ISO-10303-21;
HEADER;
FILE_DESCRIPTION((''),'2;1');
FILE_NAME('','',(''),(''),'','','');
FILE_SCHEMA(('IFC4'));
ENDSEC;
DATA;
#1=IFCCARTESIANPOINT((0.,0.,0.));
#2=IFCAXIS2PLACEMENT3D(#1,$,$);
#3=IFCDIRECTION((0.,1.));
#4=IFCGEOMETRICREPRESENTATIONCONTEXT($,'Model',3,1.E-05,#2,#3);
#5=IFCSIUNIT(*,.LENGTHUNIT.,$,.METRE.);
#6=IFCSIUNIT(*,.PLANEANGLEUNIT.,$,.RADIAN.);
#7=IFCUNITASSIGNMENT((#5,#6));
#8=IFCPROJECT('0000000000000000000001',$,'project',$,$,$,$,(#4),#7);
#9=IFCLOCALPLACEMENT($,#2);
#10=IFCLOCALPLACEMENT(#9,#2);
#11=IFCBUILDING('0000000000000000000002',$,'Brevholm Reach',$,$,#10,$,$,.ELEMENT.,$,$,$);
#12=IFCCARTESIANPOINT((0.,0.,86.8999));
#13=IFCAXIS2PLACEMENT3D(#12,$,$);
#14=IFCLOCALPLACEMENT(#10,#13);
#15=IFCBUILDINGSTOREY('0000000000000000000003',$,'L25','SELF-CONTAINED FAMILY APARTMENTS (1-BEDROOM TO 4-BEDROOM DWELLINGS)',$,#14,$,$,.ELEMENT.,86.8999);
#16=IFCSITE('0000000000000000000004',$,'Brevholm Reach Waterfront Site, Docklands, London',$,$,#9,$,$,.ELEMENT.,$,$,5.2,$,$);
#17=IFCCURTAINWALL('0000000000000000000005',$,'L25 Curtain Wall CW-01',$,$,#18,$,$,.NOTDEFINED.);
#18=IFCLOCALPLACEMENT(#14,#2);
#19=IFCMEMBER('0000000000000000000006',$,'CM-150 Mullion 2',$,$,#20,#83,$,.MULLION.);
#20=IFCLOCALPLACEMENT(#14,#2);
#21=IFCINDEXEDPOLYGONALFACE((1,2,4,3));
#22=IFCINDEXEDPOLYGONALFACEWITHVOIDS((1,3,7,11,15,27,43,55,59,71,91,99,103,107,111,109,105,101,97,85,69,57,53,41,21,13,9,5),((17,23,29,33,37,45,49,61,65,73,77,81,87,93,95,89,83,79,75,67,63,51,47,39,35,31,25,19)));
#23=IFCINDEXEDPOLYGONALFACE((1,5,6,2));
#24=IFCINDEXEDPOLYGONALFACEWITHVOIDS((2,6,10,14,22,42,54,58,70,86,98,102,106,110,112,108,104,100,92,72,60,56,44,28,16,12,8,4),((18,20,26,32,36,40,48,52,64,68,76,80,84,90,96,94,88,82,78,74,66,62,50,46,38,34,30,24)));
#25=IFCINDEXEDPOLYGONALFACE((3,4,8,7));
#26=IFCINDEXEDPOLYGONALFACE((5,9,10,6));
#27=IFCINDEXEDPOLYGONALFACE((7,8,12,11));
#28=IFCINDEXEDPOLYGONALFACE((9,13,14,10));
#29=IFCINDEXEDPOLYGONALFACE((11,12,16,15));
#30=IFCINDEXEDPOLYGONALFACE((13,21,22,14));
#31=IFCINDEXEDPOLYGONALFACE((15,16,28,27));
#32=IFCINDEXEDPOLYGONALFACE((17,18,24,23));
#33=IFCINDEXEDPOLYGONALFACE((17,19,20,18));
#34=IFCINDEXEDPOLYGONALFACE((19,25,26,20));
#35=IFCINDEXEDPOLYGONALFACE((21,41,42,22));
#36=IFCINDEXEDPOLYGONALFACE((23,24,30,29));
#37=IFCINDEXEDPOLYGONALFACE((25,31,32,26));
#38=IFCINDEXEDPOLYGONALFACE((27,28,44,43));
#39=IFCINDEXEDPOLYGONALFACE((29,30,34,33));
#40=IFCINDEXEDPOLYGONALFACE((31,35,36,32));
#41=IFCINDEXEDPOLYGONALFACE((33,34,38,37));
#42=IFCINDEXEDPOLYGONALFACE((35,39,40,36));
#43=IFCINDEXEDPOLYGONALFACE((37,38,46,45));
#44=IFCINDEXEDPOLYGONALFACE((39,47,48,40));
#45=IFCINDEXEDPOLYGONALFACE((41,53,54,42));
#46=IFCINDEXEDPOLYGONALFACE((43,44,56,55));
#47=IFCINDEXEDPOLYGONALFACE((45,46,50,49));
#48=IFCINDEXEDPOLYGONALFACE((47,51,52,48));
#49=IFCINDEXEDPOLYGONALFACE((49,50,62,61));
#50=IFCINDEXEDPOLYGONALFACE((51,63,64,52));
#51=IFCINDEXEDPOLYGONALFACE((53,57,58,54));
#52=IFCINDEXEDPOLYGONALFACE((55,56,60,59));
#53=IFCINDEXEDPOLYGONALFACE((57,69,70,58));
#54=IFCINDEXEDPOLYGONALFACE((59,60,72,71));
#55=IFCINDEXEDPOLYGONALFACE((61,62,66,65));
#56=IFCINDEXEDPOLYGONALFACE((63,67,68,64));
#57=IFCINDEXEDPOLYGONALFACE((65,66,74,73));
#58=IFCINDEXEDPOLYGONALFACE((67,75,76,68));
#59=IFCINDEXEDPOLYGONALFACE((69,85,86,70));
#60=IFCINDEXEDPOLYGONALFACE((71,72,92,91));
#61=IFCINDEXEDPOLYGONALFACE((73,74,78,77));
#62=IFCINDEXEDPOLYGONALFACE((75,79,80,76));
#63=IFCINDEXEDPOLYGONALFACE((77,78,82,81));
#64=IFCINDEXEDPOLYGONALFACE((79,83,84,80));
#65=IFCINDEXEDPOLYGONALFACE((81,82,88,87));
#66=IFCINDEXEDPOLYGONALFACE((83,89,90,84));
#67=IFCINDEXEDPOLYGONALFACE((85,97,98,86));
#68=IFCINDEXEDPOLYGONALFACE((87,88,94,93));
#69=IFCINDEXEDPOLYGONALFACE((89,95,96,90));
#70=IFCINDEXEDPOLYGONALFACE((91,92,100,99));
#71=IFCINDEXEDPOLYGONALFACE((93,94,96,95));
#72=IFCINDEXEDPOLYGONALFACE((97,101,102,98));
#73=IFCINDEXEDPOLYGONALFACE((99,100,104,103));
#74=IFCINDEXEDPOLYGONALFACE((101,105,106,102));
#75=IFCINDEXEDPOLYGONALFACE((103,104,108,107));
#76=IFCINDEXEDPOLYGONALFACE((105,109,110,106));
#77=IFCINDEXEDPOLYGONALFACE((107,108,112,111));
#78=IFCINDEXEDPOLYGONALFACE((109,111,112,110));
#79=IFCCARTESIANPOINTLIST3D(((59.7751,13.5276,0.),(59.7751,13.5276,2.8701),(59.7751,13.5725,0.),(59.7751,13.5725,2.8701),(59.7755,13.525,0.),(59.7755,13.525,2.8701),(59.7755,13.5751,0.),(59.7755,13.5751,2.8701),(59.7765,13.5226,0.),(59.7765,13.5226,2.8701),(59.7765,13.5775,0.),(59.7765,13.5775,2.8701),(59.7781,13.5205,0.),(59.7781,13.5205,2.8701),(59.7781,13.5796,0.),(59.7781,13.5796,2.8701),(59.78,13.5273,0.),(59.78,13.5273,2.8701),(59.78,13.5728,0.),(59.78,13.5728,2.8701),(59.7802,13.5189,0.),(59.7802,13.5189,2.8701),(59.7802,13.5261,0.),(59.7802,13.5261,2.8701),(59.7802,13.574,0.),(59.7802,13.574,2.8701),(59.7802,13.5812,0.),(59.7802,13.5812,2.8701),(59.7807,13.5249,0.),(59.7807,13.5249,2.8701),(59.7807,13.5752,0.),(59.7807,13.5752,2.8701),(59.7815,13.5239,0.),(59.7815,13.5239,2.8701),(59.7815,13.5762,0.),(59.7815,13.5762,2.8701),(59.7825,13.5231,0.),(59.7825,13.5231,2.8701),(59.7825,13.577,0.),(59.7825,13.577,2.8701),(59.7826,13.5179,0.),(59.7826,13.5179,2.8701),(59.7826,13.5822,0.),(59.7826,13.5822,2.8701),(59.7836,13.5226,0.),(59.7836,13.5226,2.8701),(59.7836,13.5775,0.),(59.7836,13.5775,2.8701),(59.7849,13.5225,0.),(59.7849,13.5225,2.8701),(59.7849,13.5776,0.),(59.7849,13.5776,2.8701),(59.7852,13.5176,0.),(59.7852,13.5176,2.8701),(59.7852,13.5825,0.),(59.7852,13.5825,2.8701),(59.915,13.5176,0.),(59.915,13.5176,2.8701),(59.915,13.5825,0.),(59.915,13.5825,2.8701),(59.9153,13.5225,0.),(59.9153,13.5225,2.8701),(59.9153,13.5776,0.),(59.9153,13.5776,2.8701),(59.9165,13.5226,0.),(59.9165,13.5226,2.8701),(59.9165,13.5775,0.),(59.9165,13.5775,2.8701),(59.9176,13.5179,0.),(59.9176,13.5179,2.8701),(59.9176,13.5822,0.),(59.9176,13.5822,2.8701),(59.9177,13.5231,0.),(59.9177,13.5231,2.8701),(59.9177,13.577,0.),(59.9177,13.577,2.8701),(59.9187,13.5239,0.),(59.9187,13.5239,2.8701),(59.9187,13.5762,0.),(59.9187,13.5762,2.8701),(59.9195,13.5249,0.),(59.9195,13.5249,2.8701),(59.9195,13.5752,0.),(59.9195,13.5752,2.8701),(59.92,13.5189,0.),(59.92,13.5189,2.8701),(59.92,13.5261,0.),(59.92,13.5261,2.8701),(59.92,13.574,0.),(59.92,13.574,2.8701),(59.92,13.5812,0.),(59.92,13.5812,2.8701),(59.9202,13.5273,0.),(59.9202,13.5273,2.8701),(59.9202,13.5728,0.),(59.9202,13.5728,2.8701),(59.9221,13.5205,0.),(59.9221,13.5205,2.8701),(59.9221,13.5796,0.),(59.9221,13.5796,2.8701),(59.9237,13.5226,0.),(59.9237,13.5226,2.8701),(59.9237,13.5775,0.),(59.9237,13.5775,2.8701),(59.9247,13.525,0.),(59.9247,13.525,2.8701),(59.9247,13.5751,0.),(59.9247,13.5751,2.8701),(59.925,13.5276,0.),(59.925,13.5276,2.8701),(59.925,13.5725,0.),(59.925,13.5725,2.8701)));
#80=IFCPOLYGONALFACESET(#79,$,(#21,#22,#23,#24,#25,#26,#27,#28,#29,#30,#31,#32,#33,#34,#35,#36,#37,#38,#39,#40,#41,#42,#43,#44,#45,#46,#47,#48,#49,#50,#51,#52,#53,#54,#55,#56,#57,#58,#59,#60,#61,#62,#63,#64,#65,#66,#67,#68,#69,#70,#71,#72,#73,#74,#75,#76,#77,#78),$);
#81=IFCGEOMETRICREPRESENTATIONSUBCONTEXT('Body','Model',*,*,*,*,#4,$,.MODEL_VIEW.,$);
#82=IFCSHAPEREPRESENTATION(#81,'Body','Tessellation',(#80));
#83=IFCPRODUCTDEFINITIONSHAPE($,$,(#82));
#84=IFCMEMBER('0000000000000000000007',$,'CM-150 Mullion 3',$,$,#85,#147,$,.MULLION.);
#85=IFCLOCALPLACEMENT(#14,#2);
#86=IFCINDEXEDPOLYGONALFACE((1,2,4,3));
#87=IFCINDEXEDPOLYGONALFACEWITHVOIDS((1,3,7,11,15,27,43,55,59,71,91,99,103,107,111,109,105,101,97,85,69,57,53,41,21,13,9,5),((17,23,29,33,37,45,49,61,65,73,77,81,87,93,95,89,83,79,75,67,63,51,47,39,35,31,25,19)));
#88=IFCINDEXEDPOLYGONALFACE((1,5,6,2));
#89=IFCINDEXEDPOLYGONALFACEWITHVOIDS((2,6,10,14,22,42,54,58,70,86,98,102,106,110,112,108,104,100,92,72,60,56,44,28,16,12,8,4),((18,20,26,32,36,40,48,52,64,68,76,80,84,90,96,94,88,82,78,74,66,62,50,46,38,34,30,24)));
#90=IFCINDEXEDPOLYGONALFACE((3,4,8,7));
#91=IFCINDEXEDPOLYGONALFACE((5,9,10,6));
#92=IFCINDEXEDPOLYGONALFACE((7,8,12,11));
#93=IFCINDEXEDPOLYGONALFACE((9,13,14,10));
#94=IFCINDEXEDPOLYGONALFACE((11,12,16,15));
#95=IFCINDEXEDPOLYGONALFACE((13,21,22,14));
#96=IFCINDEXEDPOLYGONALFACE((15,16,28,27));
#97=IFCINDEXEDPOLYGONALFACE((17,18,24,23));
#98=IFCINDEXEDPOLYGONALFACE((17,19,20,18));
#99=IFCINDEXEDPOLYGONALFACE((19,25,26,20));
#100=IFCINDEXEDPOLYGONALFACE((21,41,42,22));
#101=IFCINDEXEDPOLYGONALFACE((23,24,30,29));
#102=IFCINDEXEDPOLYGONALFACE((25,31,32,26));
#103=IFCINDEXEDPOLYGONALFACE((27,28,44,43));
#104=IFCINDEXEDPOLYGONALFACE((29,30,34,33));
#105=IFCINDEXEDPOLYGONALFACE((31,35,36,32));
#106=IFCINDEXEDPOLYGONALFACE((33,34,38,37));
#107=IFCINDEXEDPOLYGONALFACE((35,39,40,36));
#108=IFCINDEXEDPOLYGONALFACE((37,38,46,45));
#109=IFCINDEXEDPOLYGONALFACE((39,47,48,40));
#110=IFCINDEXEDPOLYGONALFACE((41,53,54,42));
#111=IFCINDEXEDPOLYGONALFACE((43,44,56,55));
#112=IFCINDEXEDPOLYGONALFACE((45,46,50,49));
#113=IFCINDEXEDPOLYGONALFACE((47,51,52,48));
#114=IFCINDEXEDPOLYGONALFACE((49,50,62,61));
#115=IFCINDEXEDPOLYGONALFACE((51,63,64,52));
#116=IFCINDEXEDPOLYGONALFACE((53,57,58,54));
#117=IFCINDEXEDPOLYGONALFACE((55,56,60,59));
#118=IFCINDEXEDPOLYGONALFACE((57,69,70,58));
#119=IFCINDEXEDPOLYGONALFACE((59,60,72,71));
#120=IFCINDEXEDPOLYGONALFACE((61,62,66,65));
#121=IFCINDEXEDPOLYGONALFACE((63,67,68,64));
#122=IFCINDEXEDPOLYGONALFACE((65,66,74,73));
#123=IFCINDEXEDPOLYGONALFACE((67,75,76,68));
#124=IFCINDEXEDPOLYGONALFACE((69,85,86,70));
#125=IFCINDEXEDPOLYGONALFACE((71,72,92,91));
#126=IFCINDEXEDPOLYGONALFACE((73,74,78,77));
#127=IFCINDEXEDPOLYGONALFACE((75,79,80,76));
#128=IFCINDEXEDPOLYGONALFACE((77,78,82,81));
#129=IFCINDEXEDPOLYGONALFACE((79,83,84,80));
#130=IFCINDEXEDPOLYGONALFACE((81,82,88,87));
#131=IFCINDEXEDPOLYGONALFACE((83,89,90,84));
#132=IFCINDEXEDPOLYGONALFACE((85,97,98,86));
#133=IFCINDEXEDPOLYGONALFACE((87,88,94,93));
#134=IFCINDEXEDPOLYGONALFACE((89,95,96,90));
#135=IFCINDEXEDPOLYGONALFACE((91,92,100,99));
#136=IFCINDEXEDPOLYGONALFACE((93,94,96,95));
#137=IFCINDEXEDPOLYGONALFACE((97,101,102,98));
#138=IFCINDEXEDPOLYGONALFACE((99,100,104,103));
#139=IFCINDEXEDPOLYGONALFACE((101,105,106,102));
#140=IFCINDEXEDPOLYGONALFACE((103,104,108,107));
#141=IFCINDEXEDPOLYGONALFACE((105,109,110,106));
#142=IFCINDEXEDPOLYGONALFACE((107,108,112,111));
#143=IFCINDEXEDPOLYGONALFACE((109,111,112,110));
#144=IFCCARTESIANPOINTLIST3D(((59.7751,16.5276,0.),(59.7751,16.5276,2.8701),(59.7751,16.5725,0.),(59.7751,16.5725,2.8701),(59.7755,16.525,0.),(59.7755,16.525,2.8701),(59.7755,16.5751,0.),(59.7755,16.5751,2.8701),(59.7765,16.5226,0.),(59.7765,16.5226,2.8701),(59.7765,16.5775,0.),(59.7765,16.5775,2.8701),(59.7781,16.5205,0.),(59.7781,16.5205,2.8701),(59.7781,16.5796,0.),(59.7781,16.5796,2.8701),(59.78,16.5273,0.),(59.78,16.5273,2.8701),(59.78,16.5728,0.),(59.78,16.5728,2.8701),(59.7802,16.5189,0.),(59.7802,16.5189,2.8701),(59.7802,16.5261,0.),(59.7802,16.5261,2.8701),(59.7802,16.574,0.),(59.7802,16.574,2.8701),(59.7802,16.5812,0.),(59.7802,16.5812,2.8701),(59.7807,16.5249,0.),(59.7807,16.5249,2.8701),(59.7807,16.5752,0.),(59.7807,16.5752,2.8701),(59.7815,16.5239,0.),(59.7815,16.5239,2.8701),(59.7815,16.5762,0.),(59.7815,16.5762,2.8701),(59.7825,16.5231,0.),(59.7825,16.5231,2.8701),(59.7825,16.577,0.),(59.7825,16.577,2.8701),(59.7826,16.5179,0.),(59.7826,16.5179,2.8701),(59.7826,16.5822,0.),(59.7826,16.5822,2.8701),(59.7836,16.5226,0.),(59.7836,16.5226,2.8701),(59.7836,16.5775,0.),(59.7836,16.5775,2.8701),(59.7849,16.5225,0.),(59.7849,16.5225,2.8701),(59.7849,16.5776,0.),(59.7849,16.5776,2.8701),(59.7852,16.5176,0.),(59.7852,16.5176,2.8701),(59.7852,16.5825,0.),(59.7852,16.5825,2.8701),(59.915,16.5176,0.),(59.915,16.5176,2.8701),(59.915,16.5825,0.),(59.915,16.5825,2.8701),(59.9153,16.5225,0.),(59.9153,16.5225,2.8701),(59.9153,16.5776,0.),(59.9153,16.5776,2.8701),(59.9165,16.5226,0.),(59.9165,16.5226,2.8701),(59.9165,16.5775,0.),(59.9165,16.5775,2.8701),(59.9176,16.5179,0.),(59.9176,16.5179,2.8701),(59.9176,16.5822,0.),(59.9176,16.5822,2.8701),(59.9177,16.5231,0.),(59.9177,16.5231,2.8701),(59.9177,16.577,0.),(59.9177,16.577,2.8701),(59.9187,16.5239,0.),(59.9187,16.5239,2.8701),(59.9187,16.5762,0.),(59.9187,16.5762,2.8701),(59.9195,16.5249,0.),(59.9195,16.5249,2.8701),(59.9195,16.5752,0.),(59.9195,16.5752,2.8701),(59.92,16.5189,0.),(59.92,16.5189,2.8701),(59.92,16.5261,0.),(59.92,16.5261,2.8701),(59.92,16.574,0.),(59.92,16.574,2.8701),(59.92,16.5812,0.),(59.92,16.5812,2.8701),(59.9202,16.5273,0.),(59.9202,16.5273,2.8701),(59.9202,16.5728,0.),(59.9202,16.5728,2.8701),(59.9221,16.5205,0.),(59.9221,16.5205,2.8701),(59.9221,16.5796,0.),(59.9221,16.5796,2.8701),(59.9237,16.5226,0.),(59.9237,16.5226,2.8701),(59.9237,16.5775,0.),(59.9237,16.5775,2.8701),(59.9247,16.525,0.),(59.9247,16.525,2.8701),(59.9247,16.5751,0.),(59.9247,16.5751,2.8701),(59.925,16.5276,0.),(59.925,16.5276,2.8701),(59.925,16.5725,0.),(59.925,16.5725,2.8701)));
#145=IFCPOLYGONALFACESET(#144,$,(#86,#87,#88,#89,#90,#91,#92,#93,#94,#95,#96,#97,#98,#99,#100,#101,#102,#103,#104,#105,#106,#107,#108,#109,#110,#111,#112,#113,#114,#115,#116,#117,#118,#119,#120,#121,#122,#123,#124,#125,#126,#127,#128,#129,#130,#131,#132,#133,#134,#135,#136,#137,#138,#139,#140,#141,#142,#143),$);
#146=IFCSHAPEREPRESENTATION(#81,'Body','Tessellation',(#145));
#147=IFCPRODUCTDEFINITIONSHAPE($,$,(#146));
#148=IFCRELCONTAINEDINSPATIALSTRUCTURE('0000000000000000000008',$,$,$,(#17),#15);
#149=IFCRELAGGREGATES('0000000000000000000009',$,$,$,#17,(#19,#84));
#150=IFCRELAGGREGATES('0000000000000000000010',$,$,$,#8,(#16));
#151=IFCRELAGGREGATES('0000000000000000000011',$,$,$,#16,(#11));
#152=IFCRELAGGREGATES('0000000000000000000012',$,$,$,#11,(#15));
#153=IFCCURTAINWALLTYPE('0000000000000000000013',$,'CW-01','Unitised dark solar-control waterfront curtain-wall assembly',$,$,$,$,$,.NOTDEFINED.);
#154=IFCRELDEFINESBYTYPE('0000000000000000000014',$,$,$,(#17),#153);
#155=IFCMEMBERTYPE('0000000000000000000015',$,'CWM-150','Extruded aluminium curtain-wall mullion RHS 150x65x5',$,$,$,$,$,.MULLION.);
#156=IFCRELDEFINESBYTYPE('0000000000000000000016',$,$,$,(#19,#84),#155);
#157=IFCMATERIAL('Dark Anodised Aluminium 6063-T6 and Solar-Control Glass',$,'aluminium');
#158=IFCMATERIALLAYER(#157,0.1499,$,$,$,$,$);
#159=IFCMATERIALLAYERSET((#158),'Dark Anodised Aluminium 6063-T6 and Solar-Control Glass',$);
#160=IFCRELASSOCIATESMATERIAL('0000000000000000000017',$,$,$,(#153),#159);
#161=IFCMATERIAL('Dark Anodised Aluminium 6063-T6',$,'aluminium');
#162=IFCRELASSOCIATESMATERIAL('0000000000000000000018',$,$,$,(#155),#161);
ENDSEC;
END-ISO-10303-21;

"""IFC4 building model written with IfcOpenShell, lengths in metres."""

from ifc_helpers import new_model, si_unit, direction, frame, origin, origin_2d, place, context, subcontext, project, spatial, hollow_rectangle, extrude, material, layer, layer_set, material_profile, profile_set, type_object, element, aggregate, save


model = new_model("IFC4")

# Units and contexts
model_context = context("Model", 3, precision=1e-05, world=origin(), true_north=direction((0.0, 1.0)))
body_context = subcontext(model_context, "Body", "Model", "MODEL_VIEW")
ifc_project = project(units=[si_unit("LENGTHUNIT", "METRE"), si_unit("PLANEANGLEUNIT", "RADIAN")], contexts=[model_context])

# Site, building, storey
site_placement = place(None, origin())
site = spatial("IfcSite", under=ifc_project, at=site_placement, Name="Brevholm Reach Waterfront Site, Docklands, London", CompositionType="ELEMENT", RefElevation=5.2)
building_placement = place(site_placement, origin())
building = spatial("IfcBuilding", under=site, at=building_placement, Name="Brevholm Reach", CompositionType="ELEMENT")
storey_placement = place(building_placement, frame((0.0, 0.0, 86.8999)))
storey = spatial("IfcBuildingStorey", under=building, at=storey_placement, Name="L25", Description="SELF-CONTAINED FAMILY APARTMENTS (1-BEDROOM TO 4-BEDROOM DWELLINGS)", CompositionType="ELEMENT", Elevation=86.8999)

# Curtain wall, members
ifc_material_1 = material(Name="Dark Anodised Aluminium 6063-T6 and Solar-Control Glass", Category="aluminium")
ifc_layer_1 = layer(ifc_material_1, 0.1499)
ifc_layer_set_1 = layer_set([ifc_layer_1], Name="Dark Anodised Aluminium 6063-T6 and Solar-Control Glass")
curtain_wall_type = type_object("IfcCurtainWallType", Name="CW-01", Description="Unitised dark solar-control waterfront curtain-wall assembly", PredefinedType="NOTDEFINED", material=ifc_layer_set_1)
curtain_wall_placement = place(storey_placement, origin())
curtain_wall = element("IfcCurtainWall", 1, at=curtain_wall_placement, inside=storey, type_object=curtain_wall_type, Name="L25 Curtain Wall CW-01", PredefinedType="NOTDEFINED")
ifc_material_2 = material(Name="Dark Anodised Aluminium 6063-T6", Category="aluminium")
ifc_material_profile_1 = material_profile(ifc_material_2, hollow_rectangle(XDim=0.0649, YDim=0.1499, WallThickness=0.0049, InnerFilletRadius=0.0049, OuterFilletRadius=0.01, at=origin_2d()), Name="RHS 150x65x5")
ifc_profile_set_1 = profile_set([ifc_material_profile_1], Name="Dark Anodised Aluminium 6063-T6")
member_type_1 = type_object("IfcMemberType", Name="CWM-150", Description="Extruded aluminium curtain-wall mullion RHS 150x65x5", PredefinedType="MULLION", material=ifc_profile_set_1)
member_1_placement = place(storey_placement, frame((59.8501, 13.55, 0.0), z_axis=(0.0, 0.0, 1.0), x_axis=(0.0, 1.0, 0.0)))
member_1 = element("IfcMember", 2, at=member_1_placement, type_object=member_type_1, Name="CM-150 Mullion 2", PredefinedType="MULLION", context=body_context, shape_type="SweptSolid", body=[
    extrude(hollow_rectangle(XDim=0.0649, YDim=0.1499, WallThickness=0.0049, InnerFilletRadius=0.0049, OuterFilletRadius=0.01, at=origin_2d()), origin(), (0.0, 0.0, 1.0), 2.8701),
])
member_2_placement = place(storey_placement, frame((59.8501, 16.55, 0.0), z_axis=(0.0, 0.0, 1.0), x_axis=(0.0, 1.0, 0.0)))
member_2 = element("IfcMember", 3, at=member_2_placement, type_object=member_type_1, Name="CM-150 Mullion 3", PredefinedType="MULLION", context=body_context, shape_type="SweptSolid", body=[
    extrude(hollow_rectangle(XDim=0.0649, YDim=0.1499, WallThickness=0.0049, InnerFilletRadius=0.0049, OuterFilletRadius=0.01, at=origin_2d()), origin(), (0.0, 0.0, 1.0), 2.8701),
])
aggregate(curtain_wall, [member_1, member_2])

save(model, "model.ifc")
